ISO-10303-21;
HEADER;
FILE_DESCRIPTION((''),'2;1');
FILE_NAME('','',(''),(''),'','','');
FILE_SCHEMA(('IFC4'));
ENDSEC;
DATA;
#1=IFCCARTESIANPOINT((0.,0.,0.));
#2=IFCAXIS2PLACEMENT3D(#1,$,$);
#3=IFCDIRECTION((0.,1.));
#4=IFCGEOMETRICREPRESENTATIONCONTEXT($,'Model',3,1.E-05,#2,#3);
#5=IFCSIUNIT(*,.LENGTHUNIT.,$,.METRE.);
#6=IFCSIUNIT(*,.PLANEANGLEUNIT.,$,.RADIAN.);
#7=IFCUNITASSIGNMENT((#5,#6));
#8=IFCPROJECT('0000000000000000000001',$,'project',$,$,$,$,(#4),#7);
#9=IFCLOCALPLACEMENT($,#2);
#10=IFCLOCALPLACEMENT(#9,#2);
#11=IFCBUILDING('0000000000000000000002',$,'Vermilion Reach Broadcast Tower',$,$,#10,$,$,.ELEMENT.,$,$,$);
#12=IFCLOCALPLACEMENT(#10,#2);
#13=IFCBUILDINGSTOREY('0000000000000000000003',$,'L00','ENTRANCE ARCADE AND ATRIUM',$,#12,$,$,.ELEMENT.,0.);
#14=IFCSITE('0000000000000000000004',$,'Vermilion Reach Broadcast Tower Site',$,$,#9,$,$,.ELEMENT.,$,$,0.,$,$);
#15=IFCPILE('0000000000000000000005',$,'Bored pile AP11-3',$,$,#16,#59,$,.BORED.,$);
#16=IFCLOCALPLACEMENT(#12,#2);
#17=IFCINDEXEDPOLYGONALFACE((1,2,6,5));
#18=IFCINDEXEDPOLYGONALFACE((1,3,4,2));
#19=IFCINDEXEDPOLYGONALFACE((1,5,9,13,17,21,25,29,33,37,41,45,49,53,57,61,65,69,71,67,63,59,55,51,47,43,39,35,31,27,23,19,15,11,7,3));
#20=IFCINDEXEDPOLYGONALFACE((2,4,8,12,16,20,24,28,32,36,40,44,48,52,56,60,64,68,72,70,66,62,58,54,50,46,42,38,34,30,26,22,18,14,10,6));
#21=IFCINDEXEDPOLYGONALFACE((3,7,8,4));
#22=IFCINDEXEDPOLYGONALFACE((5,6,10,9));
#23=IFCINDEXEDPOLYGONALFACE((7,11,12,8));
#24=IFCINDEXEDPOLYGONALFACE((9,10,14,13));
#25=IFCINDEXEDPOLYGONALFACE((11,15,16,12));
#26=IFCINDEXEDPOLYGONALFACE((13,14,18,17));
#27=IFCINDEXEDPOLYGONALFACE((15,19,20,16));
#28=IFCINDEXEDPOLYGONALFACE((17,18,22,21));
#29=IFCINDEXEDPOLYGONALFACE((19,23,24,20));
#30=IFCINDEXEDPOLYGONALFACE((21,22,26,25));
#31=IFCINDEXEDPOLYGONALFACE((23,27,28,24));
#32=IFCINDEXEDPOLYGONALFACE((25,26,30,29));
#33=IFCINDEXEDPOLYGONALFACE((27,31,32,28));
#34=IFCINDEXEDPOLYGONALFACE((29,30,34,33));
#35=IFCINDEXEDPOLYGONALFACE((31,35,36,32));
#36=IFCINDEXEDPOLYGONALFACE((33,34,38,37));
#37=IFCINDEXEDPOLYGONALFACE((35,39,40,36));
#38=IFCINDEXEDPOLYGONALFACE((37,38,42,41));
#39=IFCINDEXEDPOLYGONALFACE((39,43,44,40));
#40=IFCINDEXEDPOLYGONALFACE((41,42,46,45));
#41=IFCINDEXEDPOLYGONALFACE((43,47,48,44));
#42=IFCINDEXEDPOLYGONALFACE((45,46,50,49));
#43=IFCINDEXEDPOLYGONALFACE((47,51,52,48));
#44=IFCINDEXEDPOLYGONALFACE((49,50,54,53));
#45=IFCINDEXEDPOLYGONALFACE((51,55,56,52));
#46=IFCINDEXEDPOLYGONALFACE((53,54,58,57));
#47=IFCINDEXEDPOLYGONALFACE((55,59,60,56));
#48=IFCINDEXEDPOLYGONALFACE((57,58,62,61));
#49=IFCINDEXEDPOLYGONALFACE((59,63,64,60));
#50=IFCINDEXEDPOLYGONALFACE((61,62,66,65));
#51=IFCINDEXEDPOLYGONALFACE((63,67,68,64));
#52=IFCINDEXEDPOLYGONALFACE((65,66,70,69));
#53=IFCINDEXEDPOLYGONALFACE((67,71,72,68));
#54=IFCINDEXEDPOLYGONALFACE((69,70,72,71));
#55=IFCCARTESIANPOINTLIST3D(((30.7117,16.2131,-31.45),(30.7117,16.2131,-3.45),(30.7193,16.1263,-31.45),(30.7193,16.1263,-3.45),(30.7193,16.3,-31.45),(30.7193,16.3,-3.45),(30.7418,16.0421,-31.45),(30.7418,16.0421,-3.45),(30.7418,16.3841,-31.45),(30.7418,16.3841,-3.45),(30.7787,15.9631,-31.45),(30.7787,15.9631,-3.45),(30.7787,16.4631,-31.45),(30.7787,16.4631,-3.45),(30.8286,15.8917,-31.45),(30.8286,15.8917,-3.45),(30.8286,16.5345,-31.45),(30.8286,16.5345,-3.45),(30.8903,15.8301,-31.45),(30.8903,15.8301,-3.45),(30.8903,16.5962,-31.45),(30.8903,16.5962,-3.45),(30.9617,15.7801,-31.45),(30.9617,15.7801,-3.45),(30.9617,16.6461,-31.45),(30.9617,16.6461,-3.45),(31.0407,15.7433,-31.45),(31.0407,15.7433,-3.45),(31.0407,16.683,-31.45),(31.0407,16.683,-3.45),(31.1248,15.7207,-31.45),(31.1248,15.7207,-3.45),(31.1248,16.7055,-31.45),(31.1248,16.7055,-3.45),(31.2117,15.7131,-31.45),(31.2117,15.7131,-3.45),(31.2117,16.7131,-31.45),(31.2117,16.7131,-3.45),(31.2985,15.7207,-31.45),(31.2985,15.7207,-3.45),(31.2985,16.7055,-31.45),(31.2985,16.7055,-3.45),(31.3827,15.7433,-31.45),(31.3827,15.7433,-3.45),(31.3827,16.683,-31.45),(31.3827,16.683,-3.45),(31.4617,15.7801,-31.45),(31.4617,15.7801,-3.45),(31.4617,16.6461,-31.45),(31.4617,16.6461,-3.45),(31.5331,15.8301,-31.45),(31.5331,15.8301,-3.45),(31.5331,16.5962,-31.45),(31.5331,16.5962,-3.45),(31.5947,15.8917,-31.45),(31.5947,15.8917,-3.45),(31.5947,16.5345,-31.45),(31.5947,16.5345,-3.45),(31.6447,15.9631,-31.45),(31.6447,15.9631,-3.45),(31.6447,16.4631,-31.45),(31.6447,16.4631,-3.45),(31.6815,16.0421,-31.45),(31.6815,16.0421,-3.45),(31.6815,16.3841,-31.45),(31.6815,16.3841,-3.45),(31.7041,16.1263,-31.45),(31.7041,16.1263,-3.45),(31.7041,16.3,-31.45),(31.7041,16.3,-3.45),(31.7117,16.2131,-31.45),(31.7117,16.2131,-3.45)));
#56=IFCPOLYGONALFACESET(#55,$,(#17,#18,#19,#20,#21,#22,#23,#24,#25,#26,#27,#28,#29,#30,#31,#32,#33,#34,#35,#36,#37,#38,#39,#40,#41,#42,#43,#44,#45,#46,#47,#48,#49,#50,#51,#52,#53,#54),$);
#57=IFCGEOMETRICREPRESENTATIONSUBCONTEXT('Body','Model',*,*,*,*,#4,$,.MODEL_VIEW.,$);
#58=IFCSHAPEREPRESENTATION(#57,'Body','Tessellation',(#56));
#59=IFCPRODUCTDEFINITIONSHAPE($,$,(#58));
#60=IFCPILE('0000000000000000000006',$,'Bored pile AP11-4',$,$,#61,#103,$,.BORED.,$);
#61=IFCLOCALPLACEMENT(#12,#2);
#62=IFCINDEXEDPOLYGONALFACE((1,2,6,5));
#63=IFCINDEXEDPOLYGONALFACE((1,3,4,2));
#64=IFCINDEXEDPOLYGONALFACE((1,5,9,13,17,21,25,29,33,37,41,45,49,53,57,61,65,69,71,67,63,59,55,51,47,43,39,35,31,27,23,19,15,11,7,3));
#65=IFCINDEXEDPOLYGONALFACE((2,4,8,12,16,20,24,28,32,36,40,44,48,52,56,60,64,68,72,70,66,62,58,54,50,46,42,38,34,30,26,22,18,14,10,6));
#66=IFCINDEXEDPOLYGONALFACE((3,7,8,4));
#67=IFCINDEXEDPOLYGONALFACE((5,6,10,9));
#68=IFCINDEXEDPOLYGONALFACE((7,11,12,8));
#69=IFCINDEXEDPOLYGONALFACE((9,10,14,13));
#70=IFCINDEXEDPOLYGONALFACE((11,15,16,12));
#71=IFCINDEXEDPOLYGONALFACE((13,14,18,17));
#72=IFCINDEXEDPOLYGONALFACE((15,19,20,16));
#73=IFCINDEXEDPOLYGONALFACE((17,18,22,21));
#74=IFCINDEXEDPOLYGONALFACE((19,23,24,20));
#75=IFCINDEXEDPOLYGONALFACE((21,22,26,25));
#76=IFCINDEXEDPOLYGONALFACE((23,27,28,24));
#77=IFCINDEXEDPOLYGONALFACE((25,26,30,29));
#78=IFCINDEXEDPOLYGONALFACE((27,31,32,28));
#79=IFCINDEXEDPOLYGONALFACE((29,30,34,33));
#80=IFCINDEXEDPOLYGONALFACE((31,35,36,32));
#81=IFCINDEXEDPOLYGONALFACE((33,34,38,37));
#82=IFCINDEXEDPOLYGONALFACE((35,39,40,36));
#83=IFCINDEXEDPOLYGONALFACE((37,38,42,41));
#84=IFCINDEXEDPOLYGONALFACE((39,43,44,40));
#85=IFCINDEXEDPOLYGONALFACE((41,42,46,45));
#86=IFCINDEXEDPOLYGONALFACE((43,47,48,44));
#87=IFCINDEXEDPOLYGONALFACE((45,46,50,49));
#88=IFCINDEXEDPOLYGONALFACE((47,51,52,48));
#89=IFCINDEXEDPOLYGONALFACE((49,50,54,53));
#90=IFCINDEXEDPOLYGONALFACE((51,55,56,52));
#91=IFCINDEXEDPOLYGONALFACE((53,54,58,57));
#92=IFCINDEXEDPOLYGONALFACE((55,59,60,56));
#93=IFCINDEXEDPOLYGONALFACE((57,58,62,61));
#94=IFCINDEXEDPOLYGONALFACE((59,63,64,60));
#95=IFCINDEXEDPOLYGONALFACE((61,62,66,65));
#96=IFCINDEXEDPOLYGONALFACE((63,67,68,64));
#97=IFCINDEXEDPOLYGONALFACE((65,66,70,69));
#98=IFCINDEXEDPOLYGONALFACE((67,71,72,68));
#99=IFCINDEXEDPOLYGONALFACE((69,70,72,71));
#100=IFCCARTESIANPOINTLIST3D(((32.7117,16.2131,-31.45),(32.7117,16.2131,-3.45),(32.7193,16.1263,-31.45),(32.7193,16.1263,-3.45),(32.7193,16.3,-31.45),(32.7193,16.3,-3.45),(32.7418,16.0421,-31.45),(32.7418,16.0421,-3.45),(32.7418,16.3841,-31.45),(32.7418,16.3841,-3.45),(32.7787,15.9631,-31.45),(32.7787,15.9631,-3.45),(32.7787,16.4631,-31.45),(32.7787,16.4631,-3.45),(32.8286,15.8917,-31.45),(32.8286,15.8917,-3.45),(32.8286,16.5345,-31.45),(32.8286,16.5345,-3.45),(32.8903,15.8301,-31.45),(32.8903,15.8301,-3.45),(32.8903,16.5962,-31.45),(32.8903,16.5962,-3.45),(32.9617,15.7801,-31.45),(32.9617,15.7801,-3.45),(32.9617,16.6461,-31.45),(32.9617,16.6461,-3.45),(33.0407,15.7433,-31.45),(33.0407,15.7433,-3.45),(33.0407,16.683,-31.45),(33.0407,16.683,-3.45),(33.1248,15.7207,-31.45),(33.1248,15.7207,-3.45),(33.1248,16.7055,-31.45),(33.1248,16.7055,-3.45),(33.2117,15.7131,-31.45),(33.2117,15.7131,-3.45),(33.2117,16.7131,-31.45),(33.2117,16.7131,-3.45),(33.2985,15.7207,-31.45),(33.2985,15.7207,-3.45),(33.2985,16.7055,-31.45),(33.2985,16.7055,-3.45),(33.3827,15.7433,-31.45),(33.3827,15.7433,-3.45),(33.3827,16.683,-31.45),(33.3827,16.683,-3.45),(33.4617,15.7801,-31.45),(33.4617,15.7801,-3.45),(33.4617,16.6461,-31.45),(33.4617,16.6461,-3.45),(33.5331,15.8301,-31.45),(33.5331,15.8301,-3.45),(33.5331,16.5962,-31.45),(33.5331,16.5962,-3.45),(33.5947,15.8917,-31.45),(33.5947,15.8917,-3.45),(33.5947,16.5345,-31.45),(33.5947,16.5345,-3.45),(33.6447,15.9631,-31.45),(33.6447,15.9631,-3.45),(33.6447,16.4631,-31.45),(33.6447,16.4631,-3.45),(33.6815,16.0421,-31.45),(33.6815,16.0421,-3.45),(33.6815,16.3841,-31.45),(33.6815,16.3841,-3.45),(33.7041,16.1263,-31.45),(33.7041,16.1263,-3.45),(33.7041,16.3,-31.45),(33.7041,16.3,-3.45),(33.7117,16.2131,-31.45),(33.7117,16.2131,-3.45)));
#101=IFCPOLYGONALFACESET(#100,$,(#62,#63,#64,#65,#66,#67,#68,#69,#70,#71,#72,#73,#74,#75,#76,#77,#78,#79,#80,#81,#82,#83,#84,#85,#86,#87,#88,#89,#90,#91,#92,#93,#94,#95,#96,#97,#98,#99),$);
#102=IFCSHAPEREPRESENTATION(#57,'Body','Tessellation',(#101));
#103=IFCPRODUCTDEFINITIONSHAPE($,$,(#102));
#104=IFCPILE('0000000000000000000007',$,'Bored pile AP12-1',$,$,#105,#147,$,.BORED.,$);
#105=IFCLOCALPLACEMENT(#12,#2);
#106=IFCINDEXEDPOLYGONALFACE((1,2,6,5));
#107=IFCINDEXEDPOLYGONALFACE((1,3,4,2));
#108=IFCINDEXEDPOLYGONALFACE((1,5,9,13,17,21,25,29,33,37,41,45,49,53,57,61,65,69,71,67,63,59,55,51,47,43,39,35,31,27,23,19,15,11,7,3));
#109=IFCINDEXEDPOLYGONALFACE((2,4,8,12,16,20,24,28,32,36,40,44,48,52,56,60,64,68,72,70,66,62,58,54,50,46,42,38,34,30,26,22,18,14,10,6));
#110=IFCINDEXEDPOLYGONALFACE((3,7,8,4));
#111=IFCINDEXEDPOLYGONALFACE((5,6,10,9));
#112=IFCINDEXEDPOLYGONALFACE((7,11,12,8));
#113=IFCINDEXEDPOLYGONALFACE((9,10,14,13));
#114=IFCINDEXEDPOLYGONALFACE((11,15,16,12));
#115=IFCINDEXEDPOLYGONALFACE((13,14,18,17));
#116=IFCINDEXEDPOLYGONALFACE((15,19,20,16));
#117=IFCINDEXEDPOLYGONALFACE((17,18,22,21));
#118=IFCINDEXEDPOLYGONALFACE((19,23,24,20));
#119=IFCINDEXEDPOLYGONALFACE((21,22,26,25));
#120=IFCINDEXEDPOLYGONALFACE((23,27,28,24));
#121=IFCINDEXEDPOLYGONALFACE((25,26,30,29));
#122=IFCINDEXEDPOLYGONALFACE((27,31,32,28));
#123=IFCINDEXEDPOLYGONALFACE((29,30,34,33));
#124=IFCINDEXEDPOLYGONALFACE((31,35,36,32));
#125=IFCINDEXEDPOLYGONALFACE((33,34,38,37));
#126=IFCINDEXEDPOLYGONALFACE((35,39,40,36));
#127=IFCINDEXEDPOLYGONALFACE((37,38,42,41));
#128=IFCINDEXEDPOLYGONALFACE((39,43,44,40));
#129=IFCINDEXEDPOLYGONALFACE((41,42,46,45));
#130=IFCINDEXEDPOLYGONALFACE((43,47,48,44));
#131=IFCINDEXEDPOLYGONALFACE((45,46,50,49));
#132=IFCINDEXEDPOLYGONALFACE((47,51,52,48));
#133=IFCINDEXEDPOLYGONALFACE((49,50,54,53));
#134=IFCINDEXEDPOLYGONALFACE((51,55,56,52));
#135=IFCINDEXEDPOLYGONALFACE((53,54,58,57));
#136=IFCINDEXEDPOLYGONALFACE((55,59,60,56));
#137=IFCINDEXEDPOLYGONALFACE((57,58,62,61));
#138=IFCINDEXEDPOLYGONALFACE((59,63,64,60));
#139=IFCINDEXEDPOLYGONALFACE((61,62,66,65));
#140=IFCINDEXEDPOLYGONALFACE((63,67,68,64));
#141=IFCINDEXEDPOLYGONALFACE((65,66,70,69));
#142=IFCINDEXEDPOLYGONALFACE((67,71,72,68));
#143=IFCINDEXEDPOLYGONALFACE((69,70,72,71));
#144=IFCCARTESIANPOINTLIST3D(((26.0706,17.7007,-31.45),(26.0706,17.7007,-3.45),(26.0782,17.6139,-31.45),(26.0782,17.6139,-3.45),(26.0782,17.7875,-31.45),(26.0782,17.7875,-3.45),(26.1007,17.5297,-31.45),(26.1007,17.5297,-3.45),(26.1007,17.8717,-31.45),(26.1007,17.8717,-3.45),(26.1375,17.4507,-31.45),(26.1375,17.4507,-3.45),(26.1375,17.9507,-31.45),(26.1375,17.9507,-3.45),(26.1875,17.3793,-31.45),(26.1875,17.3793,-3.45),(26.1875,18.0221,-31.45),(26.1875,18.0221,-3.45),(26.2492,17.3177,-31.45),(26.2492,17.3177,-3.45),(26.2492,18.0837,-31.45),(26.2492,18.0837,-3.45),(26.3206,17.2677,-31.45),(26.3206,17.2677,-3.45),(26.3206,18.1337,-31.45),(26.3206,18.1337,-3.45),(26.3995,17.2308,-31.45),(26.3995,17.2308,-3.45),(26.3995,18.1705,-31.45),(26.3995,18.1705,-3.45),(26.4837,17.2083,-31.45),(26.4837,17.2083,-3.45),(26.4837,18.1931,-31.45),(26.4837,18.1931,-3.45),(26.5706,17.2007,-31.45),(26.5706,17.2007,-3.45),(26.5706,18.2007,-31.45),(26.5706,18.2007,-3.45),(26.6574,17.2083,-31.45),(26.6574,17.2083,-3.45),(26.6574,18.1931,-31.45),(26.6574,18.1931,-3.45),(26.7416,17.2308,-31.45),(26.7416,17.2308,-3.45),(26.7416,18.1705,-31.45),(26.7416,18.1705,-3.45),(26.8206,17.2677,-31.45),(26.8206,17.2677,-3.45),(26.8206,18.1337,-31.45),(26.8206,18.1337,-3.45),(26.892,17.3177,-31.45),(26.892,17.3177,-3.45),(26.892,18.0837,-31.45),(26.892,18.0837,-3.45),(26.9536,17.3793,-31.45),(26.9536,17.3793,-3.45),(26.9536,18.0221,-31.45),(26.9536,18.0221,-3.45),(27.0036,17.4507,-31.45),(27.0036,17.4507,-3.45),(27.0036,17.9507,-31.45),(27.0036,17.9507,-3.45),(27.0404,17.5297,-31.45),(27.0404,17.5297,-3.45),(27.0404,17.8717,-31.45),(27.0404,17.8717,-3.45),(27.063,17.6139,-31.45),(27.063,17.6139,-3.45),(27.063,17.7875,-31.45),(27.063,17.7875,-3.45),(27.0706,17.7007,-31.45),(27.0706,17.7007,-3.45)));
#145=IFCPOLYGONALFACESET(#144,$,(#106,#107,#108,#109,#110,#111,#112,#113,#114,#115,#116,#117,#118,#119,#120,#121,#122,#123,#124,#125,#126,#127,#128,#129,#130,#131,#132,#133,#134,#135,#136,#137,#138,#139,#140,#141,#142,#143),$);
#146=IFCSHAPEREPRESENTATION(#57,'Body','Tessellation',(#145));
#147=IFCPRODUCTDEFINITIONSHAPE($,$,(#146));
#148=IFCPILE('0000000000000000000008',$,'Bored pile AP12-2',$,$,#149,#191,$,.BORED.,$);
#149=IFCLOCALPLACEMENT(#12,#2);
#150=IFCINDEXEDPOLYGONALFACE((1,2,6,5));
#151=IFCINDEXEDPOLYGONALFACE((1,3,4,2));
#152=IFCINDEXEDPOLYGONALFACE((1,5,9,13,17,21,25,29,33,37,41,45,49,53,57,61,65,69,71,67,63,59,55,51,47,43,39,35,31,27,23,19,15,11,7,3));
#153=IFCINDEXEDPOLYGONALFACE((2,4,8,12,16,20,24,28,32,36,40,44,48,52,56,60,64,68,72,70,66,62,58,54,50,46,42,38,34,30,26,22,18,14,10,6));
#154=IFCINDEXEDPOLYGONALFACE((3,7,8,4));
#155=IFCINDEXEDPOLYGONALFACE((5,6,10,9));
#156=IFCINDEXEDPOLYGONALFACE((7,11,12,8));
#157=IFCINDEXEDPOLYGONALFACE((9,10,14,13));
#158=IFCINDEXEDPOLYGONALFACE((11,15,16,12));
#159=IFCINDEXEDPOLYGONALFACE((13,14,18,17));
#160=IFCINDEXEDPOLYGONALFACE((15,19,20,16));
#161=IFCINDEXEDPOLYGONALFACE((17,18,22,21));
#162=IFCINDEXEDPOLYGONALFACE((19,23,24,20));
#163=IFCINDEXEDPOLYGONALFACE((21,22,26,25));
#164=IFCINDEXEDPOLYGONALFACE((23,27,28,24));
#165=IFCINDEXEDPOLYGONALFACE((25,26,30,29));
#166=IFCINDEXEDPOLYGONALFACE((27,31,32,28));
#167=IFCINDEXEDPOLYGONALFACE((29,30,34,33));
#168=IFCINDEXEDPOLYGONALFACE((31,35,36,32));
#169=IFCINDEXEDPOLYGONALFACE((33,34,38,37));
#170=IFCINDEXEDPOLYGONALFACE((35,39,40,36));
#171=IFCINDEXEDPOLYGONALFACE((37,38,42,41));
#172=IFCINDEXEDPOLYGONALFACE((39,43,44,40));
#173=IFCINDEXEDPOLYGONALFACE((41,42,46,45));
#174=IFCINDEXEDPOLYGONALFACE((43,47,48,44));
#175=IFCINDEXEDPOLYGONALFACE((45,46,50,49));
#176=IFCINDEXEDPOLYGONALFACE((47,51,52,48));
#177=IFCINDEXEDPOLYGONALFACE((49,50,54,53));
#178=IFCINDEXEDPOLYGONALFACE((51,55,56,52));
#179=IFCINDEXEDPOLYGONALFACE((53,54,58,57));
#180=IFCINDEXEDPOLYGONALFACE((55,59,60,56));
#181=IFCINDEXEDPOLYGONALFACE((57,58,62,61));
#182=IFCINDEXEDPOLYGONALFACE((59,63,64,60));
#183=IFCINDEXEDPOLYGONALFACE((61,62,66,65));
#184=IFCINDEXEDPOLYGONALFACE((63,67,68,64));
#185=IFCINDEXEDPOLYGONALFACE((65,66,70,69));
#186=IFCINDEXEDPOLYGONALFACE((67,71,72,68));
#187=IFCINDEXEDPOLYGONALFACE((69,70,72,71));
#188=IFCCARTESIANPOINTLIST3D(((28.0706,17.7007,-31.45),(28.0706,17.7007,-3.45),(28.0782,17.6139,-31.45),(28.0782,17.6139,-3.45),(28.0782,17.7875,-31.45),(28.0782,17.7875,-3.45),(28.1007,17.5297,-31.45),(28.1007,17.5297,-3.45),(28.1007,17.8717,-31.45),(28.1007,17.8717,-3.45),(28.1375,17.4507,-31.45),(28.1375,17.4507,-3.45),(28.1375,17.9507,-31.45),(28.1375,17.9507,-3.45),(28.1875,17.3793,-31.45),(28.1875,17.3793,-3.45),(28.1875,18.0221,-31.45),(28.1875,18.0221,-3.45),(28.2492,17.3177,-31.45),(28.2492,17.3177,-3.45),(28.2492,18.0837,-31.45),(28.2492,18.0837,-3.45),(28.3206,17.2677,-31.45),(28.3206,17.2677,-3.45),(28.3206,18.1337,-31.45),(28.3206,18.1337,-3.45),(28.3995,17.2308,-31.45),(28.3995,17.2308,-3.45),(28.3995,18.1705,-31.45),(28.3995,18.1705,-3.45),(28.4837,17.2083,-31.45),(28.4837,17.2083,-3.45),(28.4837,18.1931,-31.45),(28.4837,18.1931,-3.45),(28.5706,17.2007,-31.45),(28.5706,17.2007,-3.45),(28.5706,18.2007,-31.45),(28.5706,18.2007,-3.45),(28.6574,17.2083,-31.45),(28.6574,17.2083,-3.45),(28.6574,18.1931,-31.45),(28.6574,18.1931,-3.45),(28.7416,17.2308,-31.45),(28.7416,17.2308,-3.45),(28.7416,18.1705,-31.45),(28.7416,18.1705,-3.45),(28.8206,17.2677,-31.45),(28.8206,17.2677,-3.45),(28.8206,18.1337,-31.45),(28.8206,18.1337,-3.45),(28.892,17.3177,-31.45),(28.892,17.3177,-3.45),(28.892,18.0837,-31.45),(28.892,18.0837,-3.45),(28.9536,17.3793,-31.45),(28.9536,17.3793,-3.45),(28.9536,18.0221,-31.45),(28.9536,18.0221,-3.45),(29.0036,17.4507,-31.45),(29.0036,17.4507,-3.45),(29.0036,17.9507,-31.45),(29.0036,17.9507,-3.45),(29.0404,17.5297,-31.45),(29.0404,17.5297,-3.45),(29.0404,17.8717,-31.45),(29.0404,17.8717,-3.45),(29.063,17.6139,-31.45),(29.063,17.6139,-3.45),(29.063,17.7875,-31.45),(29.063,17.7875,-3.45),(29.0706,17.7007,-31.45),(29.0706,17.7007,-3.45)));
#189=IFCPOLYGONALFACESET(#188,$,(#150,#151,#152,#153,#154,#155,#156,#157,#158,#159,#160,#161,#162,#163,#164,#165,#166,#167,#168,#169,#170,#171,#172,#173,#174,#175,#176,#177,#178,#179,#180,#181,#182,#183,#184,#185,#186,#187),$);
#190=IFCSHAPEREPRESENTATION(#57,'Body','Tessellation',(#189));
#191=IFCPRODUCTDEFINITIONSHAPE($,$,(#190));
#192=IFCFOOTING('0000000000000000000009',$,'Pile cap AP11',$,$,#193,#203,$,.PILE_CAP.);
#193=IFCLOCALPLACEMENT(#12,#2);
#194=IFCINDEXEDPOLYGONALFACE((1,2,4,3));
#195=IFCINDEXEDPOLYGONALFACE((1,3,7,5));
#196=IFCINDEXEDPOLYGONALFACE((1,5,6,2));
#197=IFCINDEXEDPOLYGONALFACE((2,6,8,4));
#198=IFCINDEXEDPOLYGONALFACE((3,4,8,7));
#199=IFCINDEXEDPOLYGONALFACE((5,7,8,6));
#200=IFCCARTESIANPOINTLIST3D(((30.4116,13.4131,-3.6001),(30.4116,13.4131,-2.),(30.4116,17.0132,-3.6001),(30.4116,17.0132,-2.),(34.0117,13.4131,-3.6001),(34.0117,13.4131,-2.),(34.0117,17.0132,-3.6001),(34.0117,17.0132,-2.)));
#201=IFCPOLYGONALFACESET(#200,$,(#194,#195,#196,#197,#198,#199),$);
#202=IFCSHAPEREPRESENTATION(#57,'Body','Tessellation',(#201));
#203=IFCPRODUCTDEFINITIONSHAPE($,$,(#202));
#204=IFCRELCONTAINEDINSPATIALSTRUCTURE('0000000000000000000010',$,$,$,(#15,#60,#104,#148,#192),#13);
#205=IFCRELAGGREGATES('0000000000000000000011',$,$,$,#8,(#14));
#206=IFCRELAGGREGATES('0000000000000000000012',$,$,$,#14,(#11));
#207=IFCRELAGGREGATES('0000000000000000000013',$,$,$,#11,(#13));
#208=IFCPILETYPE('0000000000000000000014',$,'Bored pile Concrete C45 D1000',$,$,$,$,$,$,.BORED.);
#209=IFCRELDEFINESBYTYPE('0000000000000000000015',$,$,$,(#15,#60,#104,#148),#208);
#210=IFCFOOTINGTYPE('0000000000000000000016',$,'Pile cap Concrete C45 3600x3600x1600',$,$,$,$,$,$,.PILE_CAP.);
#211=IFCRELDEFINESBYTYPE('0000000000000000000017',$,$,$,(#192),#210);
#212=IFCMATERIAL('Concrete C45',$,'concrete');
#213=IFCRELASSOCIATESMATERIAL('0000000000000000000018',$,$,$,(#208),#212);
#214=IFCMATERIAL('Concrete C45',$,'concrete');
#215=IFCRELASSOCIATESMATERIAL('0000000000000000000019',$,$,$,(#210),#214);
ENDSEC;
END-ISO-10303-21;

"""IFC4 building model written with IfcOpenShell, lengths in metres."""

from ifc_helpers import new_model, si_unit, direction, frame, origin, origin_2d, place, context, subcontext, project, spatial, rectangle, circle, extrude, material, material_profile, profile_set, type_object, element, save


model = new_model("IFC4")

# Units and contexts
model_context = context("Model", 3, precision=1e-05, world=origin(), true_north=direction((0.0, 1.0)))
body_context = subcontext(model_context, "Body", "Model", "MODEL_VIEW")
ifc_project = project(units=[si_unit("LENGTHUNIT", "METRE"), si_unit("PLANEANGLEUNIT", "RADIAN")], contexts=[model_context])

# Site, building, storey
site_placement = place(None, origin())
site = spatial("IfcSite", under=ifc_project, at=site_placement, Name="Vermilion Reach Broadcast Tower Site", CompositionType="ELEMENT", RefElevation=0.0)
building_placement = place(site_placement, origin())
building = spatial("IfcBuilding", under=site, at=building_placement, Name="Vermilion Reach Broadcast Tower", CompositionType="ELEMENT")
storey_placement = place(building_placement, origin())
storey = spatial("IfcBuildingStorey", under=building, at=storey_placement, Name="L00", Description="ENTRANCE ARCADE AND ATRIUM", CompositionType="ELEMENT", Elevation=0.0)

# Piles
ifc_material_1 = material(Name="Concrete C45", Category="concrete")
ifc_material_profile_1 = material_profile(ifc_material_1, circle(Radius=0.5, at=origin_2d()), Name="Concrete C45 D1000")
ifc_profile_set_1 = profile_set([ifc_material_profile_1], Name="Concrete C45")
pile_type = type_object("IfcPileType", Name="Bored pile Concrete C45 D1000", PredefinedType="BORED", material=ifc_profile_set_1)
for number, where, z_axis, x_axis, name in (
    (1, (31.2117, 16.2131, -3.45), (0.0, 0.0, -1.0), (1.0, 0.0, 0.0), "Bored pile AP11-3"),
    (2, (33.2117, 16.2131, -3.45), (0.0, 0.0, -1.0), (1.0, 0.0, 0.0), "Bored pile AP11-4"),
    (3, (26.5706, 17.7007, -3.45), (0.0, 0.0, -1.0), (1.0, 0.0, 0.0), "Bored pile AP12-1"),
    (4, (28.5706, 17.7007, -3.45), (0.0, 0.0, -1.0), (1.0, 0.0, 0.0), "Bored pile AP12-2"),
):
    element("IfcPile", number, at=place(storey_placement, frame(where, z_axis=z_axis, x_axis=x_axis)), inside=storey, type_object=pile_type, Name=name, PredefinedType="BORED", context=body_context, shape_type="SweptSolid", body=[
        extrude(circle(Radius=0.5, at=origin_2d()), origin(), (0.0, 0.0, 1.0), 28.0),
    ])

# Footing
ifc_material_2 = material(Name="Concrete C45", Category="concrete")
footing_type = type_object("IfcFootingType", Name="Pile cap Concrete C45 3600x3600x1600", PredefinedType="PILE_CAP", material=ifc_material_2)
footing_placement = place(storey_placement, frame((32.2117, 15.2131, -3.6001), z_axis=(0.0, 0.0, 1.0), x_axis=(1.0, 0.0, 0.0)))
element("IfcFooting", 5, at=footing_placement, inside=storey, type_object=footing_type, Name="Pile cap AP11", PredefinedType="PILE_CAP", context=body_context, shape_type="SweptSolid", body=[
    extrude(rectangle(XDim=3.6001, YDim=3.6001, at=origin_2d()), origin(), (0.0, 0.0, 1.0), 1.6001),
])

save(model, "model.ifc")
